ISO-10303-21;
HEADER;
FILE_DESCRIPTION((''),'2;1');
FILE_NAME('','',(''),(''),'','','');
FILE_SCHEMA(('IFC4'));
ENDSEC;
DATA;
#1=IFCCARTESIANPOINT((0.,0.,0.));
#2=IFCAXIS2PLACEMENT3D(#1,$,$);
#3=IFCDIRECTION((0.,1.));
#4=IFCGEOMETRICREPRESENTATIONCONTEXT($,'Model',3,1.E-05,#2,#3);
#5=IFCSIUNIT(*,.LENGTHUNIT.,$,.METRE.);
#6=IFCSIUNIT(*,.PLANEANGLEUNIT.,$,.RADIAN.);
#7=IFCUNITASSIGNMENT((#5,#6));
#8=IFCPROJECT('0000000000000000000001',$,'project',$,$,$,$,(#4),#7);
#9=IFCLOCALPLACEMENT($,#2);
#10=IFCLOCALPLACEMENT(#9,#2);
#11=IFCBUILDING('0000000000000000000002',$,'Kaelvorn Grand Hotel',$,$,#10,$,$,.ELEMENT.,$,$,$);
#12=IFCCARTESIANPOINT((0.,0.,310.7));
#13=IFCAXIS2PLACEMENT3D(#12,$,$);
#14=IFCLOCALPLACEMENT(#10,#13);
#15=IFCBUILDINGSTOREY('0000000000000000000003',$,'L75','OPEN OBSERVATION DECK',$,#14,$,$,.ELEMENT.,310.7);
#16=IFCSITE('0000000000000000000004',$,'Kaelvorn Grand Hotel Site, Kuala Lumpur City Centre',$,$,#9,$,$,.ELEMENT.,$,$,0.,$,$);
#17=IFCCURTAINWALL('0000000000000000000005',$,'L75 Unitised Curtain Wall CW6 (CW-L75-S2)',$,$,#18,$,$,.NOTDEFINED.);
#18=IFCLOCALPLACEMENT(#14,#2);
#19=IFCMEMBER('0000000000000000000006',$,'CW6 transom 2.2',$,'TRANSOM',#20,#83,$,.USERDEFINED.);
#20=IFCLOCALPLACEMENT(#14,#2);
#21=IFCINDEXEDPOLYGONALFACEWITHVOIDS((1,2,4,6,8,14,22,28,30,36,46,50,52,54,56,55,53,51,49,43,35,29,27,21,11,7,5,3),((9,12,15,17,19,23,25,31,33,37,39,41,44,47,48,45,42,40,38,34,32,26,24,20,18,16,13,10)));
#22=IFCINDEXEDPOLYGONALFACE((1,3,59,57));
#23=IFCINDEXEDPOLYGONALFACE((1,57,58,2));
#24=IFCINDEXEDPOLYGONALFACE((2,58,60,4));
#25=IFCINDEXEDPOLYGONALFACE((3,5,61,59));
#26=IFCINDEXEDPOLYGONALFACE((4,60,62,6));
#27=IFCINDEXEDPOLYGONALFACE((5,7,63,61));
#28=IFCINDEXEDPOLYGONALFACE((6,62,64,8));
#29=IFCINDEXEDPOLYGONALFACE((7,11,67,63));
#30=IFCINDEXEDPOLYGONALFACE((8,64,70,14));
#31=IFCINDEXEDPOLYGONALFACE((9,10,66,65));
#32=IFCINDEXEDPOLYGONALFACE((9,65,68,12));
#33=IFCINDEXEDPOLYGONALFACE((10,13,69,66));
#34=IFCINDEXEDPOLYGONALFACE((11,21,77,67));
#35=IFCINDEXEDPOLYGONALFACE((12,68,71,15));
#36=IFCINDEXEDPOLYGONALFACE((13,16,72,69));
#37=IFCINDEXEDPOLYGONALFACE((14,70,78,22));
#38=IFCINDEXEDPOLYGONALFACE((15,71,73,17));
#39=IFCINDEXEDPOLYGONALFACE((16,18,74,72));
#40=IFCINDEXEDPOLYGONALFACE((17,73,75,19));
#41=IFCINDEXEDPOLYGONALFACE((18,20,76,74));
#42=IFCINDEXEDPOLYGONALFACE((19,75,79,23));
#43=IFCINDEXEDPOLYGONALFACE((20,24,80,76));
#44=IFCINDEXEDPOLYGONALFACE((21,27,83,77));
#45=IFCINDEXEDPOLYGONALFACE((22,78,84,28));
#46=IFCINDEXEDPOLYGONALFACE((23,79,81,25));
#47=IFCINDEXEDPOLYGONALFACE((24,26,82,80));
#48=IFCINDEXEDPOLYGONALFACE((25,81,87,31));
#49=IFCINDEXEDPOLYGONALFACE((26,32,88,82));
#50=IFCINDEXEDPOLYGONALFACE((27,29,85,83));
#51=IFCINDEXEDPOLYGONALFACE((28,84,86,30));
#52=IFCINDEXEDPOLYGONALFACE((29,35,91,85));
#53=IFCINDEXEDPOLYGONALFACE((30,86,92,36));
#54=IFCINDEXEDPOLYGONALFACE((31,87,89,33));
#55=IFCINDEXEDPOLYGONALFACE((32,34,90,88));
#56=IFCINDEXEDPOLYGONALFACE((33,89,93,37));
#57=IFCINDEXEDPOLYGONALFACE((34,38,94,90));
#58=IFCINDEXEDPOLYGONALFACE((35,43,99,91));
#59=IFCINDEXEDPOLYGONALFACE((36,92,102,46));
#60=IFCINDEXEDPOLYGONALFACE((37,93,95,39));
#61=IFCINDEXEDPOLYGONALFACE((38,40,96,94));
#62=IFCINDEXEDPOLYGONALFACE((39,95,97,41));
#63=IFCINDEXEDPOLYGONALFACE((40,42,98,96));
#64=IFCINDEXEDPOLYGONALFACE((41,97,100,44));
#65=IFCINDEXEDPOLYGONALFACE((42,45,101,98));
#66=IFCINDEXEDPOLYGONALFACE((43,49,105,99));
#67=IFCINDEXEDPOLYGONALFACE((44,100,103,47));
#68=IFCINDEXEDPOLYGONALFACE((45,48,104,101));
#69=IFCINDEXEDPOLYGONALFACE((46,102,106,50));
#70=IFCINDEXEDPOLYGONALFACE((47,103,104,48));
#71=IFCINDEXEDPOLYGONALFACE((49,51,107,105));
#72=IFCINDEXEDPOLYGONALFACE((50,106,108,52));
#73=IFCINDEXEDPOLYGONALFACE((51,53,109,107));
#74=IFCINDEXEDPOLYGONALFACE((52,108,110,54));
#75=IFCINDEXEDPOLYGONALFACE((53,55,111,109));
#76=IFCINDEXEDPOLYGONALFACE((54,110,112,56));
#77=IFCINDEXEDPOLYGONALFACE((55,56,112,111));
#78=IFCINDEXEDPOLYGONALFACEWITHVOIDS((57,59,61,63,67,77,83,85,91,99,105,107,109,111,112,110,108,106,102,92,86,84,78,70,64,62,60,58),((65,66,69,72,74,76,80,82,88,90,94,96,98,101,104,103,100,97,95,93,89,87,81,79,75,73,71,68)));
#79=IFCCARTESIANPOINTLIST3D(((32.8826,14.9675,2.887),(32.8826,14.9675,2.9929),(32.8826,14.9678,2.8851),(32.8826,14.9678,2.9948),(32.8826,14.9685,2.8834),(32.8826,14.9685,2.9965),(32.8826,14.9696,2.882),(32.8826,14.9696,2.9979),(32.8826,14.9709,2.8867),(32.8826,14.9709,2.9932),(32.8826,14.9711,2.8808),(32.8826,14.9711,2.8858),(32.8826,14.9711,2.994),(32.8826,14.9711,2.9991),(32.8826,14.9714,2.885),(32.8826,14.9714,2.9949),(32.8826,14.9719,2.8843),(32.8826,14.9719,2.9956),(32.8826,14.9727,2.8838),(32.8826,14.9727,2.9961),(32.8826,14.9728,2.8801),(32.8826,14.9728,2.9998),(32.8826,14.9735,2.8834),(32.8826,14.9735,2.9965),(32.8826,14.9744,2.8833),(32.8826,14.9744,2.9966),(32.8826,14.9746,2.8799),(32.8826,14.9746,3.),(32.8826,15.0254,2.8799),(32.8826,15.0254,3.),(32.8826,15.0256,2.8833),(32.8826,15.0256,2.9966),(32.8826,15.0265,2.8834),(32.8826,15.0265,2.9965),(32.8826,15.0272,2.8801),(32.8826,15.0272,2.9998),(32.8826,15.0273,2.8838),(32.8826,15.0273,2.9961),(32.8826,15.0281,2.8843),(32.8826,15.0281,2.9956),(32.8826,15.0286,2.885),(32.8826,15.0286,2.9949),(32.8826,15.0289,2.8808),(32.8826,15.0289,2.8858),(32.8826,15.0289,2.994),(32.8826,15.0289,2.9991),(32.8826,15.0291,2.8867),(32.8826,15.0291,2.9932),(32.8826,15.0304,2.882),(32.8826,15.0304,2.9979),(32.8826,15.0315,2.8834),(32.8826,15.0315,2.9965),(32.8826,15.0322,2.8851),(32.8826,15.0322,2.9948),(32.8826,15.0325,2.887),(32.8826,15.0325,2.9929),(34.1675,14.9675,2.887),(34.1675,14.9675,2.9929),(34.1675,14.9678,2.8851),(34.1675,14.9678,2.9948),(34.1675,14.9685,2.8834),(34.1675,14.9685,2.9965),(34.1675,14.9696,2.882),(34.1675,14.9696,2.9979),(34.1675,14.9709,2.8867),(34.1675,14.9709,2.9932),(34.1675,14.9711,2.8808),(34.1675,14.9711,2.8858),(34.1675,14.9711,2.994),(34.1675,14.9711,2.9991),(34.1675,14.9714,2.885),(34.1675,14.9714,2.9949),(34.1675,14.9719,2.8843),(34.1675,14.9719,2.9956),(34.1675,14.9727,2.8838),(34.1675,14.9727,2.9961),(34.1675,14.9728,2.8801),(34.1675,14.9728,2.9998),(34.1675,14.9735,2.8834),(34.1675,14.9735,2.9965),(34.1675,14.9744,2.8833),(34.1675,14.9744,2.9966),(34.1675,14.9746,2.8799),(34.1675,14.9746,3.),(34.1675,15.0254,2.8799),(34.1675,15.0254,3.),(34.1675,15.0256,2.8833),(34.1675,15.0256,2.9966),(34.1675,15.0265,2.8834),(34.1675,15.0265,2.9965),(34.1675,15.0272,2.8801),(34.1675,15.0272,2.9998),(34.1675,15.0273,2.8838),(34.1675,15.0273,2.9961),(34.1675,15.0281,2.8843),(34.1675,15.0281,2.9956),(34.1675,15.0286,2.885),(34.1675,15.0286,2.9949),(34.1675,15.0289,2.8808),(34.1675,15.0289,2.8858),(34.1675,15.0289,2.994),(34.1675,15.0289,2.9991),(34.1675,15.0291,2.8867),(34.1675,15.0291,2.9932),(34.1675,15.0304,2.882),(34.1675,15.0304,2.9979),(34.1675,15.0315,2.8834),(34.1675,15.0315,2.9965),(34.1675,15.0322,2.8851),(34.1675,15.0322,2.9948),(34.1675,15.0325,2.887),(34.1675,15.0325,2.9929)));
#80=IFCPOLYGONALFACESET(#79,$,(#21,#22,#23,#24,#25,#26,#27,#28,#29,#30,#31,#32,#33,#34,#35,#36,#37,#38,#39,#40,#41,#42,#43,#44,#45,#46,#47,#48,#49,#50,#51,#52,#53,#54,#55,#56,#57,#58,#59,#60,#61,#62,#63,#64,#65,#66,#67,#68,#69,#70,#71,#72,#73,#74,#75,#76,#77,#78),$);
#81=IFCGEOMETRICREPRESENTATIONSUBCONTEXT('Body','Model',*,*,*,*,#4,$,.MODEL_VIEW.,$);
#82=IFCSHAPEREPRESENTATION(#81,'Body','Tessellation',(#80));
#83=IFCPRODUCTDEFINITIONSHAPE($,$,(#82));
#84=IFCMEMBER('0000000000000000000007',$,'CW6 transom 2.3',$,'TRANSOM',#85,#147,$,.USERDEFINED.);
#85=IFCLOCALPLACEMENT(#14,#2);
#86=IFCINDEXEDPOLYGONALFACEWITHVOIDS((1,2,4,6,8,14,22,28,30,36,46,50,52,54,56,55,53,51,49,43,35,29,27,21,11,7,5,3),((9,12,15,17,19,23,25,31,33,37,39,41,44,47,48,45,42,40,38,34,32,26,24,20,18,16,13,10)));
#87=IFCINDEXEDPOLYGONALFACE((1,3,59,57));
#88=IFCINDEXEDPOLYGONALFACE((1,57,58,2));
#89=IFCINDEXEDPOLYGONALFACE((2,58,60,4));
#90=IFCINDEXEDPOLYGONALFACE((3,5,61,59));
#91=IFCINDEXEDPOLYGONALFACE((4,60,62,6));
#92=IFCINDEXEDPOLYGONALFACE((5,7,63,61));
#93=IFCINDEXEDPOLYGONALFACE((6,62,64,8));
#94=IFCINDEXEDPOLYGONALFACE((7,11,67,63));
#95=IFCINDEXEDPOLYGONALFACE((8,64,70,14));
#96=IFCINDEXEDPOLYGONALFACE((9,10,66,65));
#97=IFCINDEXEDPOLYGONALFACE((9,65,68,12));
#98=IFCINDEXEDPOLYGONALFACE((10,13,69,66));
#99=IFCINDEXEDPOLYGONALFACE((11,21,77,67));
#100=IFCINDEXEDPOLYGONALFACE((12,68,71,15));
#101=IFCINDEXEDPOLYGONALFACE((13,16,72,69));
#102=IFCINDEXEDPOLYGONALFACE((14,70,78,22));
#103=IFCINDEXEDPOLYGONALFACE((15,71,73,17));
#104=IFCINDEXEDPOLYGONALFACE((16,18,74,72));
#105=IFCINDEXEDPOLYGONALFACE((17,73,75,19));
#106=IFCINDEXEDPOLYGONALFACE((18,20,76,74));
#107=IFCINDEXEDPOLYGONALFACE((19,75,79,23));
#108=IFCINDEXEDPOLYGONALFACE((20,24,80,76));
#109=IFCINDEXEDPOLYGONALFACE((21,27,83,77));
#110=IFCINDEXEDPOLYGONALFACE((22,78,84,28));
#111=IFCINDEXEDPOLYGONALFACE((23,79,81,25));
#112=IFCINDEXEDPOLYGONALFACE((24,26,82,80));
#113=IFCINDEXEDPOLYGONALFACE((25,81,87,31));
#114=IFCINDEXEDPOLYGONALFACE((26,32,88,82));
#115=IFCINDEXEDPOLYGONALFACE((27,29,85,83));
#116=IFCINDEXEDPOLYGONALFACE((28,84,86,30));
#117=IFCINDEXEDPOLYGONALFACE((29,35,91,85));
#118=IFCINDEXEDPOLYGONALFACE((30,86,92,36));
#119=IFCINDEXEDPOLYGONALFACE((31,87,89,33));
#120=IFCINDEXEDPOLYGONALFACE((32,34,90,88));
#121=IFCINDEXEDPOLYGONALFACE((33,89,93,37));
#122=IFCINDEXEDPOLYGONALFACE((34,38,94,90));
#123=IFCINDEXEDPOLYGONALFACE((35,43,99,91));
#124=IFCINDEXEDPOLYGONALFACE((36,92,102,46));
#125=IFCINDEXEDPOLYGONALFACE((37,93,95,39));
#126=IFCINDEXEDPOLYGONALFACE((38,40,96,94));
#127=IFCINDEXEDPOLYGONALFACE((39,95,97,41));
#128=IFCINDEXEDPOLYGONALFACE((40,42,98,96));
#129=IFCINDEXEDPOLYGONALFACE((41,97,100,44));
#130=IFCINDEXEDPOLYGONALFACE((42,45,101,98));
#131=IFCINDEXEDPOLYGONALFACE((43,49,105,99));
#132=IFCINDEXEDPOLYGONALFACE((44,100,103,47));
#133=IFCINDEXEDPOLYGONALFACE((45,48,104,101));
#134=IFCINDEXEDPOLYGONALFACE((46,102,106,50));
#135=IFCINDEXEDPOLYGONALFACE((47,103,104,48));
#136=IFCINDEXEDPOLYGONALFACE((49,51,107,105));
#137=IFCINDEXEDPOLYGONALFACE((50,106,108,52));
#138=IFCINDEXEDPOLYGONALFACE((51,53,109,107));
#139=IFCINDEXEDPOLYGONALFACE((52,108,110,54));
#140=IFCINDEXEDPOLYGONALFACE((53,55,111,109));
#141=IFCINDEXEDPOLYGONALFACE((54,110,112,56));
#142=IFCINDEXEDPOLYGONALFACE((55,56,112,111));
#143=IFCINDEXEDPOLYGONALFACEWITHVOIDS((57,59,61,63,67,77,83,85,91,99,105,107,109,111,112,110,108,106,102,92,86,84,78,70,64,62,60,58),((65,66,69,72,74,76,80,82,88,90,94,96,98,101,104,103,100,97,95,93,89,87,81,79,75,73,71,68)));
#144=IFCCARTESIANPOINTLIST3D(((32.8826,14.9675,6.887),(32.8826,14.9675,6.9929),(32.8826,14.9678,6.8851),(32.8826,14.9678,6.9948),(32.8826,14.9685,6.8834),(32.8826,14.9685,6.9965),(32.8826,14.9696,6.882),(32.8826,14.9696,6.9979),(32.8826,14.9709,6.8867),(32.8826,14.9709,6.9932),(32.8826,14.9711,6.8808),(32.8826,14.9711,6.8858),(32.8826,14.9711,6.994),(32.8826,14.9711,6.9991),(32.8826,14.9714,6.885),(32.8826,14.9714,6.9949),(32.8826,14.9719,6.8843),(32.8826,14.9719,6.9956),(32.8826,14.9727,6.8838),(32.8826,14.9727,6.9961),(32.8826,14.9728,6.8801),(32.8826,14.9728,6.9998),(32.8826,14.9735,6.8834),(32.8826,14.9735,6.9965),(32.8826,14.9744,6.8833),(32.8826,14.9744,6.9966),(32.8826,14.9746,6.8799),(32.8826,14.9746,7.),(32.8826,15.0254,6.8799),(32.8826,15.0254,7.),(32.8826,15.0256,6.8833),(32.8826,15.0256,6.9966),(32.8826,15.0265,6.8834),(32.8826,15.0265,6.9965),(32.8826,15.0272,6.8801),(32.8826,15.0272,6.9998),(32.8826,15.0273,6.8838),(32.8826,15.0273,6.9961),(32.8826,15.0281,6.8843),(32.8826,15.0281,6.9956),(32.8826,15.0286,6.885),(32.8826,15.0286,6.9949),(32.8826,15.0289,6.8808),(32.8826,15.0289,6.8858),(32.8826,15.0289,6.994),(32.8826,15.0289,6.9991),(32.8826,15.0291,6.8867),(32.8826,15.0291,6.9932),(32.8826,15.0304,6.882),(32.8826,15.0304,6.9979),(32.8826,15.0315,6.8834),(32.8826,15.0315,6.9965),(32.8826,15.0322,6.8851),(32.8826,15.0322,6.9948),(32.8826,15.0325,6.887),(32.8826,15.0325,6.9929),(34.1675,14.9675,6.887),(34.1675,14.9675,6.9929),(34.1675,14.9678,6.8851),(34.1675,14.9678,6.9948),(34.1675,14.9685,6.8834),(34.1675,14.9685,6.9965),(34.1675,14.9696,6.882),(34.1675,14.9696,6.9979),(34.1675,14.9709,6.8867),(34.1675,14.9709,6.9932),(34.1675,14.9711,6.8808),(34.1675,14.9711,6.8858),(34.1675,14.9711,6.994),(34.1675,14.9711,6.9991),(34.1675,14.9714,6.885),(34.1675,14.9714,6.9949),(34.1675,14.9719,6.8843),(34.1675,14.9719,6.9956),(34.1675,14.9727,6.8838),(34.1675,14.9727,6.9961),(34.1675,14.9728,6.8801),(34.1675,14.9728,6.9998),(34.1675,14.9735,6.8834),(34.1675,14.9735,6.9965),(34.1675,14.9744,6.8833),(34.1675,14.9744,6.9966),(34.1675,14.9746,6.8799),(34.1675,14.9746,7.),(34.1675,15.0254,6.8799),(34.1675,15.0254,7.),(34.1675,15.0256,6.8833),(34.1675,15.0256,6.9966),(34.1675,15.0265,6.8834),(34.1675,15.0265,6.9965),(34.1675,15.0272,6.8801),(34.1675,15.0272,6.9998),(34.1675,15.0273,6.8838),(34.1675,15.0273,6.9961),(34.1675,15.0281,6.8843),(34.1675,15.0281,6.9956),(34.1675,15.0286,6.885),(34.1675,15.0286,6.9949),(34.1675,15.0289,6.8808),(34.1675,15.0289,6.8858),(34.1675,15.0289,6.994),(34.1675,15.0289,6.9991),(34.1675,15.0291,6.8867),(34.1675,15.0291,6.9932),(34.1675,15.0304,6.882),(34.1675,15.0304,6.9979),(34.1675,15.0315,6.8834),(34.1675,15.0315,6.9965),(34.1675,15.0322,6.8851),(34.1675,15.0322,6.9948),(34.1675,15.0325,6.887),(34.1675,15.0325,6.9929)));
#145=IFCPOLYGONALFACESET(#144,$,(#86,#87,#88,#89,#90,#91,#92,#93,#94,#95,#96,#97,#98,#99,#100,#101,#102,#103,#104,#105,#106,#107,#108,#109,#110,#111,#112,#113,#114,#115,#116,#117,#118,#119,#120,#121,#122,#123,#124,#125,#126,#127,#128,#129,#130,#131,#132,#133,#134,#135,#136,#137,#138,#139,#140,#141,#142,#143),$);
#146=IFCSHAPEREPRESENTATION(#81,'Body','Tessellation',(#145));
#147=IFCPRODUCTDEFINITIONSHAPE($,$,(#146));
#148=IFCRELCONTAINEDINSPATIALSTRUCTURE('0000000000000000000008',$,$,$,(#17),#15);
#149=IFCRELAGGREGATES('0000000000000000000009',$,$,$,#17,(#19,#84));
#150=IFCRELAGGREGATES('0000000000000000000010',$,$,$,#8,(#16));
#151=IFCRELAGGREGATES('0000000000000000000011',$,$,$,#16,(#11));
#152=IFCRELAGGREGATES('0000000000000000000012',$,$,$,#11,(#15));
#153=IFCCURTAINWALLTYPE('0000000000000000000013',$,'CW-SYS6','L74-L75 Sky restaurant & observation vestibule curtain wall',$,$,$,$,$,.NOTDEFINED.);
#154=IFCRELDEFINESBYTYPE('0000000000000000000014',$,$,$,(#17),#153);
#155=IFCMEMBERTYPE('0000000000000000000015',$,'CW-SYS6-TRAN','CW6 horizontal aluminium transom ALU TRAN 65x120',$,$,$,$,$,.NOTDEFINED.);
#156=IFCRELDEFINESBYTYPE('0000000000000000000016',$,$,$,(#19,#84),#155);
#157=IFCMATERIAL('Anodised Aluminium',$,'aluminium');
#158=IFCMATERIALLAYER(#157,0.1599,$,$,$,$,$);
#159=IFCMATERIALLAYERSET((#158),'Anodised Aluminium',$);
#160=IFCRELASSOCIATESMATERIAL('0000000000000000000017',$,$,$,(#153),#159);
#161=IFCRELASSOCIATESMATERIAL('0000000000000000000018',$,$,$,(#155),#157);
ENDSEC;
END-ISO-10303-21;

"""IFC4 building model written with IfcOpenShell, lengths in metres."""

from ifc_helpers import new_model, si_unit, direction, frame, origin, origin_2d, place, context, subcontext, project, spatial, hollow_rectangle, extrude, material, layer, layer_set, material_profile, profile_set, type_object, element, aggregate, save


model = new_model("IFC4")

# Units and contexts
model_context = context("Model", 3, precision=1e-05, world=origin(), true_north=direction((0.0, 1.0)))
body_context = subcontext(model_context, "Body", "Model", "MODEL_VIEW")
ifc_project = project(units=[si_unit("LENGTHUNIT", "METRE"), si_unit("PLANEANGLEUNIT", "RADIAN")], contexts=[model_context])

# Site, building, storey
site_placement = place(None, origin())
site = spatial("IfcSite", under=ifc_project, at=site_placement, Name="Kaelvorn Grand Hotel Site, Kuala Lumpur City Centre", CompositionType="ELEMENT", RefElevation=0.0)
building_placement = place(site_placement, origin())
building = spatial("IfcBuilding", under=site, at=building_placement, Name="Kaelvorn Grand Hotel", CompositionType="ELEMENT")
storey_placement = place(building_placement, frame((0.0, 0.0, 310.7)))
storey = spatial("IfcBuildingStorey", under=building, at=storey_placement, Name="L75", Description="OPEN OBSERVATION DECK", CompositionType="ELEMENT", Elevation=310.7)

# Curtain wall, members
ifc_material_1 = material(Name="Anodised Aluminium", Category="aluminium")
ifc_layer_1 = layer(ifc_material_1, 0.1599)
ifc_layer_set_1 = layer_set([ifc_layer_1], Name="Anodised Aluminium")
curtain_wall_type = type_object("IfcCurtainWallType", Name="CW-SYS6", Description="L74-L75 Sky restaurant & observation vestibule curtain wall", PredefinedType="NOTDEFINED", material=ifc_layer_set_1)
curtain_wall_placement = place(storey_placement, origin())
curtain_wall = element("IfcCurtainWall", 1, at=curtain_wall_placement, inside=storey, type_object=curtain_wall_type, Name="L75 Unitised Curtain Wall CW6 (CW-L75-S2)", PredefinedType="NOTDEFINED")
ifc_material_profile_1 = material_profile(ifc_material_1, hollow_rectangle(XDim=0.0649, YDim=0.1201, WallThickness=0.0034, InnerFilletRadius=0.0034, OuterFilletRadius=0.0071, at=origin_2d()), Name="ALU TRAN 65x120")
ifc_profile_set_1 = profile_set([ifc_material_profile_1], Name="Anodised Aluminium")
member_type_1 = type_object("IfcMemberType", Name="CW-SYS6-TRAN", Description="CW6 horizontal aluminium transom ALU TRAN 65x120", PredefinedType="NOTDEFINED", material=ifc_profile_set_1)
member_1_placement = place(storey_placement, frame((32.8826, 15.0, 2.9399), z_axis=(1.0, 0.0, 0.0), x_axis=(0.0, 1.0, 0.0)))
member_1 = element("IfcMember", 2, at=member_1_placement, type_object=member_type_1, Name="CW6 transom 2.2", ObjectType="TRANSOM", PredefinedType="USERDEFINED", context=body_context, shape_type="SweptSolid", body=[
    extrude(hollow_rectangle(XDim=0.0649, YDim=0.1201, WallThickness=0.0034, InnerFilletRadius=0.0034, OuterFilletRadius=0.0071, at=origin_2d()), origin(), (0.0, 0.0, 1.0), 1.2849),
])
member_2_placement = place(storey_placement, frame((32.8826, 15.0, 6.9399), z_axis=(1.0, 0.0, 0.0), x_axis=(0.0, 1.0, 0.0)))
member_2 = element("IfcMember", 3, at=member_2_placement, type_object=member_type_1, Name="CW6 transom 2.3", ObjectType="TRANSOM", PredefinedType="USERDEFINED", context=body_context, shape_type="SweptSolid", body=[
    extrude(hollow_rectangle(XDim=0.0649, YDim=0.1201, WallThickness=0.0034, InnerFilletRadius=0.0034, OuterFilletRadius=0.0071, at=origin_2d()), origin(), (0.0, 0.0, 1.0), 1.2849),
])

aggregate(curtain_wall, [member_1, member_2])

save(model, "model.ifc")
